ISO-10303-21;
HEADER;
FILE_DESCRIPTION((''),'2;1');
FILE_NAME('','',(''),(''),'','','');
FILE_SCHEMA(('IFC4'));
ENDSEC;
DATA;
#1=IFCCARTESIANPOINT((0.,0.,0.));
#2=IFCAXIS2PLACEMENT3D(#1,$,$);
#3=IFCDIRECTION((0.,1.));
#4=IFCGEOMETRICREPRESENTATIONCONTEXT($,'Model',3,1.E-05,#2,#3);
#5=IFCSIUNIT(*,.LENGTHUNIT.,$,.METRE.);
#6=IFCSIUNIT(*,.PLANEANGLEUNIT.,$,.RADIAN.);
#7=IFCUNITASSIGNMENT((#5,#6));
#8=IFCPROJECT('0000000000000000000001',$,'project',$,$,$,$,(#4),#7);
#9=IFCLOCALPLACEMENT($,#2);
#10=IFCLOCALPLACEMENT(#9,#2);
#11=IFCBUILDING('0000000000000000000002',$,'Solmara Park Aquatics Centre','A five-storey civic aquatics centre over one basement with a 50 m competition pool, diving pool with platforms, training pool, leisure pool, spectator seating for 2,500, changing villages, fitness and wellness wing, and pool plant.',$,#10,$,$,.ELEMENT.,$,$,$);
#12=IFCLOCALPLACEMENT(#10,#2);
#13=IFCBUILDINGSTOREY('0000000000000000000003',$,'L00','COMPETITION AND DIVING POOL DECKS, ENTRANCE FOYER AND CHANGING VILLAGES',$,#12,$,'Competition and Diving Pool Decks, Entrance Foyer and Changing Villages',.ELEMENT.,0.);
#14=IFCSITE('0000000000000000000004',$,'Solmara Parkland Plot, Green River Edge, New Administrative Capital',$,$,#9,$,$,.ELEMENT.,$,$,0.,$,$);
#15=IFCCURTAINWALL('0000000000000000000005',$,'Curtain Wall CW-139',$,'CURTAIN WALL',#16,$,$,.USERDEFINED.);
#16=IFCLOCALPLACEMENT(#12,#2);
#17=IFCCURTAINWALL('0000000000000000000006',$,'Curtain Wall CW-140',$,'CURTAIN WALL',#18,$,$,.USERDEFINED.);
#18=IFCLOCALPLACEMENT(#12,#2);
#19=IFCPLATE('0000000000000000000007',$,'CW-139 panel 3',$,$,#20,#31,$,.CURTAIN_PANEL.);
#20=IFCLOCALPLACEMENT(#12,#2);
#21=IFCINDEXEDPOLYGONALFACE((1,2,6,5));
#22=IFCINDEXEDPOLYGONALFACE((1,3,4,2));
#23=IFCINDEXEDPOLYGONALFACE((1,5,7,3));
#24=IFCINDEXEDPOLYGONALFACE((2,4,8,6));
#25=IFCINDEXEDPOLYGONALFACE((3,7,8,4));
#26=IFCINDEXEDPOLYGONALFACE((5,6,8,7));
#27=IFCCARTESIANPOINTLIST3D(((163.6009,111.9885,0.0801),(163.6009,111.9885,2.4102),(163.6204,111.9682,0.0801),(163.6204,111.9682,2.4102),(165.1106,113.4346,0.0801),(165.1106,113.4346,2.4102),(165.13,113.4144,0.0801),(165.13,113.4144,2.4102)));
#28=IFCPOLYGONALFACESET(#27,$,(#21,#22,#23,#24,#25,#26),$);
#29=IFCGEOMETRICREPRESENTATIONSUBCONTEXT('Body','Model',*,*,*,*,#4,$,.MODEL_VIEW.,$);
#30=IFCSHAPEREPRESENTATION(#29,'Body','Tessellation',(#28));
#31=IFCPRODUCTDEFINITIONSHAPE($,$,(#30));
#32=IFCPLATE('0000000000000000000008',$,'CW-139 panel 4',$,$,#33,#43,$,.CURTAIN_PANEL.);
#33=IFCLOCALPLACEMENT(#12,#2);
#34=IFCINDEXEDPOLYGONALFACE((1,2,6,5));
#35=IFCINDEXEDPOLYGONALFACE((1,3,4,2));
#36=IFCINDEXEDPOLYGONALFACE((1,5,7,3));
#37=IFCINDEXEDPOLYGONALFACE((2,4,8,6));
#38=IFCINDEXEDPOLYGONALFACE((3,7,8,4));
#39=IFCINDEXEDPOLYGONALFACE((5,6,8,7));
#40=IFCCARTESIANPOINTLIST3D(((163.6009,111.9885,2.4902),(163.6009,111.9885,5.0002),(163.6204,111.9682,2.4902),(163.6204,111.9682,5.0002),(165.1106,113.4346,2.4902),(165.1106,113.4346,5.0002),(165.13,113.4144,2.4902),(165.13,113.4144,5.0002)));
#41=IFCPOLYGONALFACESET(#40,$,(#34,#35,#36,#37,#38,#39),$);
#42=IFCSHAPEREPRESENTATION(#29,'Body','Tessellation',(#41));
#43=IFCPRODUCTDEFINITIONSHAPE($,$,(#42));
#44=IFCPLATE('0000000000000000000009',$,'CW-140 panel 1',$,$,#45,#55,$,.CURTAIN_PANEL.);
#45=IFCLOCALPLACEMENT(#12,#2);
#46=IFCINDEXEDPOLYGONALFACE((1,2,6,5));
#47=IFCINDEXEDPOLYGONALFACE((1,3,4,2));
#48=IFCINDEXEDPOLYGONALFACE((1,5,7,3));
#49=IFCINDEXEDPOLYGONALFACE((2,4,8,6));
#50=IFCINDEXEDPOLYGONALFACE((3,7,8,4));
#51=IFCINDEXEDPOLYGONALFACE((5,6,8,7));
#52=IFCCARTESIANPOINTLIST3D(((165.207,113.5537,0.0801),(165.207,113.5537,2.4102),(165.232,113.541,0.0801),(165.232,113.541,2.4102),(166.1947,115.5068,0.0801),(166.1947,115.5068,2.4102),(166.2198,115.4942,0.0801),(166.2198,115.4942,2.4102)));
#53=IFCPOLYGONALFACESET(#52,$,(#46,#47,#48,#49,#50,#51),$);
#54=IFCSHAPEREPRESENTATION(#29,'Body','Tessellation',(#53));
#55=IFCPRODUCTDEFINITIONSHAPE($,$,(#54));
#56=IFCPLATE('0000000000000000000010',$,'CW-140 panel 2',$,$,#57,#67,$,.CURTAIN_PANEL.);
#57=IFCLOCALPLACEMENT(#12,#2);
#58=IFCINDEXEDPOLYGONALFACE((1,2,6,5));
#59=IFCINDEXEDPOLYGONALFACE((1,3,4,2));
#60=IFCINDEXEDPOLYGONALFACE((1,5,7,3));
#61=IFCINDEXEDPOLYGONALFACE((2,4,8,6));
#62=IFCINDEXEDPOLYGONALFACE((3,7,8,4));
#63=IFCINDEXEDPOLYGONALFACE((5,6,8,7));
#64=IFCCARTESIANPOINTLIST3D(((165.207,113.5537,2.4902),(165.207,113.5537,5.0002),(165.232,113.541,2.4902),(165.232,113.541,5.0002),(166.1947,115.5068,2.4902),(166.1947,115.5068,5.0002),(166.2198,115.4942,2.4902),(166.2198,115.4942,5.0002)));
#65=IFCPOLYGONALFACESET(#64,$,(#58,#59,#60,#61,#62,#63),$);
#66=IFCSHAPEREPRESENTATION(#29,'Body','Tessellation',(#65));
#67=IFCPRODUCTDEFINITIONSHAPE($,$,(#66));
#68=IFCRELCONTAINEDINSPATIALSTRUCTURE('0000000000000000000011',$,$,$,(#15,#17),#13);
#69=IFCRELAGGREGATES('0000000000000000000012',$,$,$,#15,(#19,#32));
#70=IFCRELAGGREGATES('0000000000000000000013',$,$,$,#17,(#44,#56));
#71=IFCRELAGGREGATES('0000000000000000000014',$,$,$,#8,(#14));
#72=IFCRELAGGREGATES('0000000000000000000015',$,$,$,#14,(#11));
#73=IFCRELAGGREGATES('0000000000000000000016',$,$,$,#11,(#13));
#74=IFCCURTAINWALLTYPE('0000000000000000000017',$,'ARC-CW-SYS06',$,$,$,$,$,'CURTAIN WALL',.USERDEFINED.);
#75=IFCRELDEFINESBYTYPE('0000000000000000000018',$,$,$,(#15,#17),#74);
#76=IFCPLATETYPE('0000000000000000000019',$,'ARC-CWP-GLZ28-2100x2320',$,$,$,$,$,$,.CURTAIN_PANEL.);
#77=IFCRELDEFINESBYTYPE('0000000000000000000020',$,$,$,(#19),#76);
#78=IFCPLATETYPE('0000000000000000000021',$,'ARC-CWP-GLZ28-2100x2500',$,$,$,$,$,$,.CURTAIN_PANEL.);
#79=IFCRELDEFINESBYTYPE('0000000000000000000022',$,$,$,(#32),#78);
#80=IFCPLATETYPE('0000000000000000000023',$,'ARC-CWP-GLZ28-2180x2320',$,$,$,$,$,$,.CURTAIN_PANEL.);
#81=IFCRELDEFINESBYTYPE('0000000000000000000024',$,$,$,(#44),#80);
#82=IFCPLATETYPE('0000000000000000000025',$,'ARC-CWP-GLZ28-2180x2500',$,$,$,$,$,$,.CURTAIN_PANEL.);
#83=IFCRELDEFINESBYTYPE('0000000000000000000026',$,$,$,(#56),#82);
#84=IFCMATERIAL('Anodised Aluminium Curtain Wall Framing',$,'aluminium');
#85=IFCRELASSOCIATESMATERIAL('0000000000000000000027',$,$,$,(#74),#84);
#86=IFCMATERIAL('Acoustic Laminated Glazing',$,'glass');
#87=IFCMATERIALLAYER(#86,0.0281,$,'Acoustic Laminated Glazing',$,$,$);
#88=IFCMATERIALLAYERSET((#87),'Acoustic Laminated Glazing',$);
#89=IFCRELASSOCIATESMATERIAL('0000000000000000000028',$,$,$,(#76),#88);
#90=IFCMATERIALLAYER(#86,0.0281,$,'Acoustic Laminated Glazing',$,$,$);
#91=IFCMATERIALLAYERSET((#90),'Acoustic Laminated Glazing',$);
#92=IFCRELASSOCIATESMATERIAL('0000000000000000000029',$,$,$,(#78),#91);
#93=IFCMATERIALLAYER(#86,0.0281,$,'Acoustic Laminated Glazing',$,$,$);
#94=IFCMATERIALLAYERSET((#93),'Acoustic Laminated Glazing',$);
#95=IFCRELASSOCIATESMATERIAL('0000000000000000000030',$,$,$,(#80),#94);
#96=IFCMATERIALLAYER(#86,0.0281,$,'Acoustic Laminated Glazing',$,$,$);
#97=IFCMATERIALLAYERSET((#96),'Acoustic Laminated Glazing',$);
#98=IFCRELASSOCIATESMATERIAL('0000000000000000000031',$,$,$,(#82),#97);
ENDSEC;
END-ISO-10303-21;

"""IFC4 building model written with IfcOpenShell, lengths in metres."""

from ifc_helpers import new_model, si_unit, direction, frame, origin, origin_2d, place, context, subcontext, project, spatial, rectangle, extrude, material, layer, layer_set, type_object, element, aggregate, save


model = new_model("IFC4")

# Units and contexts
model_context = context("Model", 3, precision=1e-05, world=origin(), true_north=direction((0.0, 1.0)))
body_context = subcontext(model_context, "Body", "Model", "MODEL_VIEW")
ifc_project = project(units=[si_unit("LENGTHUNIT", "METRE"), si_unit("PLANEANGLEUNIT", "RADIAN")], contexts=[model_context])

# Site, building, storey
site_placement = place(None, origin())
site = spatial("IfcSite", under=ifc_project, at=site_placement, Name="Solmara Parkland Plot, Green River Edge, New Administrative Capital", CompositionType="ELEMENT", RefElevation=0.0)
building_placement = place(site_placement, origin())
building = spatial("IfcBuilding", under=site, at=building_placement, Name="Solmara Park Aquatics Centre", Description="A five-storey civic aquatics centre over one basement with a 50 m competition pool, diving pool with platforms, training pool, leisure pool, spectator seating for 2,500, changing villages, fitness and wellness wing, and pool plant.", CompositionType="ELEMENT")
storey_placement = place(building_placement, origin())
storey = spatial("IfcBuildingStorey", under=building, at=storey_placement, Name="L00", Description="COMPETITION AND DIVING POOL DECKS, ENTRANCE FOYER AND CHANGING VILLAGES", LongName="Competition and Diving Pool Decks, Entrance Foyer and Changing Villages", CompositionType="ELEMENT", Elevation=0.0)

# Curtain walls
ifc_material_1 = material(Name="Anodised Aluminium Curtain Wall Framing", Category="aluminium")
curtain_wall_type = type_object("IfcCurtainWallType", Name="ARC-CW-SYS06", ElementType="CURTAIN WALL", PredefinedType="USERDEFINED", material=ifc_material_1)
curtain_wall_1_placement = place(storey_placement, origin())
curtain_wall_1 = element("IfcCurtainWall", 1, at=curtain_wall_1_placement, inside=storey, type_object=curtain_wall_type, Name="Curtain Wall CW-139", ObjectType="CURTAIN WALL", PredefinedType="USERDEFINED")
curtain_wall_2_placement = place(storey_placement, origin())
curtain_wall_2 = element("IfcCurtainWall", 2, at=curtain_wall_2_placement, inside=storey, type_object=curtain_wall_type, Name="Curtain Wall CW-140", ObjectType="CURTAIN WALL", PredefinedType="USERDEFINED")

# Plates
ifc_material_2 = material(Name="Acoustic Laminated Glazing", Category="glass")
ifc_layer_1 = layer(ifc_material_2, 0.0281, Name="Acoustic Laminated Glazing")
ifc_layer_set_1 = layer_set([ifc_layer_1], Name="Acoustic Laminated Glazing")
plate_type_1 = type_object("IfcPlateType", Name="ARC-CWP-GLZ28-2100x2320", PredefinedType="CURTAIN_PANEL", material=ifc_layer_set_1)
plate_1_placement = place(storey_placement, frame((164.3655, 112.7014, 0.0801), z_axis=(0.0, 0.0, 1.0), x_axis=(0.722121, 0.691766, 0.0)))
plate_1 = element("IfcPlate", 3, at=plate_1_placement, type_object=plate_type_1, Name="CW-139 panel 3", PredefinedType="CURTAIN_PANEL", context=body_context, shape_type="SweptSolid", body=[
    extrude(rectangle(XDim=2.0906, YDim=0.0281, at=origin_2d()), origin(), (0.0, 0.0, 1.0), 2.3301),
])
ifc_layer_2 = layer(ifc_material_2, 0.0281, Name="Acoustic Laminated Glazing")
ifc_layer_set_2 = layer_set([ifc_layer_2], Name="Acoustic Laminated Glazing")
plate_type_2 = type_object("IfcPlateType", Name="ARC-CWP-GLZ28-2100x2500", PredefinedType="CURTAIN_PANEL", material=ifc_layer_set_2)
plate_2_placement = place(storey_placement, frame((164.3655, 112.7014, 2.4902), z_axis=(0.0, 0.0, 1.0), x_axis=(0.722121, 0.691766, 0.0)))
plate_2 = element("IfcPlate", 4, at=plate_2_placement, type_object=plate_type_2, Name="CW-139 panel 4", PredefinedType="CURTAIN_PANEL", context=body_context, shape_type="SweptSolid", body=[
    extrude(rectangle(XDim=2.0906, YDim=0.0281, at=origin_2d()), origin(), (0.0, 0.0, 1.0), 2.51),
])
aggregate(curtain_wall_1, [plate_1, plate_2])
ifc_layer_3 = layer(ifc_material_2, 0.0281, Name="Acoustic Laminated Glazing")
ifc_layer_set_3 = layer_set([ifc_layer_3], Name="Acoustic Laminated Glazing")
plate_type_3 = type_object("IfcPlateType", Name="ARC-CWP-GLZ28-2180x2320", PredefinedType="CURTAIN_PANEL", material=ifc_layer_set_3)
plate_3_placement = place(storey_placement, frame((165.7134, 114.5239, 0.0801), z_axis=(0.0, 0.0, 1.0), x_axis=(0.451289, 0.892378, 0.0)))
plate_3 = element("IfcPlate", 5, at=plate_3_placement, type_object=plate_type_3, Name="CW-140 panel 1", PredefinedType="CURTAIN_PANEL", context=body_context, shape_type="SweptSolid", body=[
    extrude(rectangle(XDim=2.1887, YDim=0.0281, at=origin_2d()), origin(), (0.0, 0.0, 1.0), 2.3301),
])
ifc_layer_4 = layer(ifc_material_2, 0.0281, Name="Acoustic Laminated Glazing")
ifc_layer_set_4 = layer_set([ifc_layer_4], Name="Acoustic Laminated Glazing")
plate_type_4 = type_object("IfcPlateType", Name="ARC-CWP-GLZ28-2180x2500", PredefinedType="CURTAIN_PANEL", material=ifc_layer_set_4)
plate_4_placement = place(storey_placement, frame((165.7134, 114.5239, 2.4902), z_axis=(0.0, 0.0, 1.0), x_axis=(0.451289, 0.892378, 0.0)))
plate_4 = element("IfcPlate", 6, at=plate_4_placement, type_object=plate_type_4, Name="CW-140 panel 2", PredefinedType="CURTAIN_PANEL", context=body_context, shape_type="SweptSolid", body=[
    extrude(rectangle(XDim=2.1887, YDim=0.0281, at=origin_2d()), origin(), (0.0, 0.0, 1.0), 2.51),
])
aggregate(curtain_wall_2, [plate_3, plate_4])

save(model, "model.ifc")
